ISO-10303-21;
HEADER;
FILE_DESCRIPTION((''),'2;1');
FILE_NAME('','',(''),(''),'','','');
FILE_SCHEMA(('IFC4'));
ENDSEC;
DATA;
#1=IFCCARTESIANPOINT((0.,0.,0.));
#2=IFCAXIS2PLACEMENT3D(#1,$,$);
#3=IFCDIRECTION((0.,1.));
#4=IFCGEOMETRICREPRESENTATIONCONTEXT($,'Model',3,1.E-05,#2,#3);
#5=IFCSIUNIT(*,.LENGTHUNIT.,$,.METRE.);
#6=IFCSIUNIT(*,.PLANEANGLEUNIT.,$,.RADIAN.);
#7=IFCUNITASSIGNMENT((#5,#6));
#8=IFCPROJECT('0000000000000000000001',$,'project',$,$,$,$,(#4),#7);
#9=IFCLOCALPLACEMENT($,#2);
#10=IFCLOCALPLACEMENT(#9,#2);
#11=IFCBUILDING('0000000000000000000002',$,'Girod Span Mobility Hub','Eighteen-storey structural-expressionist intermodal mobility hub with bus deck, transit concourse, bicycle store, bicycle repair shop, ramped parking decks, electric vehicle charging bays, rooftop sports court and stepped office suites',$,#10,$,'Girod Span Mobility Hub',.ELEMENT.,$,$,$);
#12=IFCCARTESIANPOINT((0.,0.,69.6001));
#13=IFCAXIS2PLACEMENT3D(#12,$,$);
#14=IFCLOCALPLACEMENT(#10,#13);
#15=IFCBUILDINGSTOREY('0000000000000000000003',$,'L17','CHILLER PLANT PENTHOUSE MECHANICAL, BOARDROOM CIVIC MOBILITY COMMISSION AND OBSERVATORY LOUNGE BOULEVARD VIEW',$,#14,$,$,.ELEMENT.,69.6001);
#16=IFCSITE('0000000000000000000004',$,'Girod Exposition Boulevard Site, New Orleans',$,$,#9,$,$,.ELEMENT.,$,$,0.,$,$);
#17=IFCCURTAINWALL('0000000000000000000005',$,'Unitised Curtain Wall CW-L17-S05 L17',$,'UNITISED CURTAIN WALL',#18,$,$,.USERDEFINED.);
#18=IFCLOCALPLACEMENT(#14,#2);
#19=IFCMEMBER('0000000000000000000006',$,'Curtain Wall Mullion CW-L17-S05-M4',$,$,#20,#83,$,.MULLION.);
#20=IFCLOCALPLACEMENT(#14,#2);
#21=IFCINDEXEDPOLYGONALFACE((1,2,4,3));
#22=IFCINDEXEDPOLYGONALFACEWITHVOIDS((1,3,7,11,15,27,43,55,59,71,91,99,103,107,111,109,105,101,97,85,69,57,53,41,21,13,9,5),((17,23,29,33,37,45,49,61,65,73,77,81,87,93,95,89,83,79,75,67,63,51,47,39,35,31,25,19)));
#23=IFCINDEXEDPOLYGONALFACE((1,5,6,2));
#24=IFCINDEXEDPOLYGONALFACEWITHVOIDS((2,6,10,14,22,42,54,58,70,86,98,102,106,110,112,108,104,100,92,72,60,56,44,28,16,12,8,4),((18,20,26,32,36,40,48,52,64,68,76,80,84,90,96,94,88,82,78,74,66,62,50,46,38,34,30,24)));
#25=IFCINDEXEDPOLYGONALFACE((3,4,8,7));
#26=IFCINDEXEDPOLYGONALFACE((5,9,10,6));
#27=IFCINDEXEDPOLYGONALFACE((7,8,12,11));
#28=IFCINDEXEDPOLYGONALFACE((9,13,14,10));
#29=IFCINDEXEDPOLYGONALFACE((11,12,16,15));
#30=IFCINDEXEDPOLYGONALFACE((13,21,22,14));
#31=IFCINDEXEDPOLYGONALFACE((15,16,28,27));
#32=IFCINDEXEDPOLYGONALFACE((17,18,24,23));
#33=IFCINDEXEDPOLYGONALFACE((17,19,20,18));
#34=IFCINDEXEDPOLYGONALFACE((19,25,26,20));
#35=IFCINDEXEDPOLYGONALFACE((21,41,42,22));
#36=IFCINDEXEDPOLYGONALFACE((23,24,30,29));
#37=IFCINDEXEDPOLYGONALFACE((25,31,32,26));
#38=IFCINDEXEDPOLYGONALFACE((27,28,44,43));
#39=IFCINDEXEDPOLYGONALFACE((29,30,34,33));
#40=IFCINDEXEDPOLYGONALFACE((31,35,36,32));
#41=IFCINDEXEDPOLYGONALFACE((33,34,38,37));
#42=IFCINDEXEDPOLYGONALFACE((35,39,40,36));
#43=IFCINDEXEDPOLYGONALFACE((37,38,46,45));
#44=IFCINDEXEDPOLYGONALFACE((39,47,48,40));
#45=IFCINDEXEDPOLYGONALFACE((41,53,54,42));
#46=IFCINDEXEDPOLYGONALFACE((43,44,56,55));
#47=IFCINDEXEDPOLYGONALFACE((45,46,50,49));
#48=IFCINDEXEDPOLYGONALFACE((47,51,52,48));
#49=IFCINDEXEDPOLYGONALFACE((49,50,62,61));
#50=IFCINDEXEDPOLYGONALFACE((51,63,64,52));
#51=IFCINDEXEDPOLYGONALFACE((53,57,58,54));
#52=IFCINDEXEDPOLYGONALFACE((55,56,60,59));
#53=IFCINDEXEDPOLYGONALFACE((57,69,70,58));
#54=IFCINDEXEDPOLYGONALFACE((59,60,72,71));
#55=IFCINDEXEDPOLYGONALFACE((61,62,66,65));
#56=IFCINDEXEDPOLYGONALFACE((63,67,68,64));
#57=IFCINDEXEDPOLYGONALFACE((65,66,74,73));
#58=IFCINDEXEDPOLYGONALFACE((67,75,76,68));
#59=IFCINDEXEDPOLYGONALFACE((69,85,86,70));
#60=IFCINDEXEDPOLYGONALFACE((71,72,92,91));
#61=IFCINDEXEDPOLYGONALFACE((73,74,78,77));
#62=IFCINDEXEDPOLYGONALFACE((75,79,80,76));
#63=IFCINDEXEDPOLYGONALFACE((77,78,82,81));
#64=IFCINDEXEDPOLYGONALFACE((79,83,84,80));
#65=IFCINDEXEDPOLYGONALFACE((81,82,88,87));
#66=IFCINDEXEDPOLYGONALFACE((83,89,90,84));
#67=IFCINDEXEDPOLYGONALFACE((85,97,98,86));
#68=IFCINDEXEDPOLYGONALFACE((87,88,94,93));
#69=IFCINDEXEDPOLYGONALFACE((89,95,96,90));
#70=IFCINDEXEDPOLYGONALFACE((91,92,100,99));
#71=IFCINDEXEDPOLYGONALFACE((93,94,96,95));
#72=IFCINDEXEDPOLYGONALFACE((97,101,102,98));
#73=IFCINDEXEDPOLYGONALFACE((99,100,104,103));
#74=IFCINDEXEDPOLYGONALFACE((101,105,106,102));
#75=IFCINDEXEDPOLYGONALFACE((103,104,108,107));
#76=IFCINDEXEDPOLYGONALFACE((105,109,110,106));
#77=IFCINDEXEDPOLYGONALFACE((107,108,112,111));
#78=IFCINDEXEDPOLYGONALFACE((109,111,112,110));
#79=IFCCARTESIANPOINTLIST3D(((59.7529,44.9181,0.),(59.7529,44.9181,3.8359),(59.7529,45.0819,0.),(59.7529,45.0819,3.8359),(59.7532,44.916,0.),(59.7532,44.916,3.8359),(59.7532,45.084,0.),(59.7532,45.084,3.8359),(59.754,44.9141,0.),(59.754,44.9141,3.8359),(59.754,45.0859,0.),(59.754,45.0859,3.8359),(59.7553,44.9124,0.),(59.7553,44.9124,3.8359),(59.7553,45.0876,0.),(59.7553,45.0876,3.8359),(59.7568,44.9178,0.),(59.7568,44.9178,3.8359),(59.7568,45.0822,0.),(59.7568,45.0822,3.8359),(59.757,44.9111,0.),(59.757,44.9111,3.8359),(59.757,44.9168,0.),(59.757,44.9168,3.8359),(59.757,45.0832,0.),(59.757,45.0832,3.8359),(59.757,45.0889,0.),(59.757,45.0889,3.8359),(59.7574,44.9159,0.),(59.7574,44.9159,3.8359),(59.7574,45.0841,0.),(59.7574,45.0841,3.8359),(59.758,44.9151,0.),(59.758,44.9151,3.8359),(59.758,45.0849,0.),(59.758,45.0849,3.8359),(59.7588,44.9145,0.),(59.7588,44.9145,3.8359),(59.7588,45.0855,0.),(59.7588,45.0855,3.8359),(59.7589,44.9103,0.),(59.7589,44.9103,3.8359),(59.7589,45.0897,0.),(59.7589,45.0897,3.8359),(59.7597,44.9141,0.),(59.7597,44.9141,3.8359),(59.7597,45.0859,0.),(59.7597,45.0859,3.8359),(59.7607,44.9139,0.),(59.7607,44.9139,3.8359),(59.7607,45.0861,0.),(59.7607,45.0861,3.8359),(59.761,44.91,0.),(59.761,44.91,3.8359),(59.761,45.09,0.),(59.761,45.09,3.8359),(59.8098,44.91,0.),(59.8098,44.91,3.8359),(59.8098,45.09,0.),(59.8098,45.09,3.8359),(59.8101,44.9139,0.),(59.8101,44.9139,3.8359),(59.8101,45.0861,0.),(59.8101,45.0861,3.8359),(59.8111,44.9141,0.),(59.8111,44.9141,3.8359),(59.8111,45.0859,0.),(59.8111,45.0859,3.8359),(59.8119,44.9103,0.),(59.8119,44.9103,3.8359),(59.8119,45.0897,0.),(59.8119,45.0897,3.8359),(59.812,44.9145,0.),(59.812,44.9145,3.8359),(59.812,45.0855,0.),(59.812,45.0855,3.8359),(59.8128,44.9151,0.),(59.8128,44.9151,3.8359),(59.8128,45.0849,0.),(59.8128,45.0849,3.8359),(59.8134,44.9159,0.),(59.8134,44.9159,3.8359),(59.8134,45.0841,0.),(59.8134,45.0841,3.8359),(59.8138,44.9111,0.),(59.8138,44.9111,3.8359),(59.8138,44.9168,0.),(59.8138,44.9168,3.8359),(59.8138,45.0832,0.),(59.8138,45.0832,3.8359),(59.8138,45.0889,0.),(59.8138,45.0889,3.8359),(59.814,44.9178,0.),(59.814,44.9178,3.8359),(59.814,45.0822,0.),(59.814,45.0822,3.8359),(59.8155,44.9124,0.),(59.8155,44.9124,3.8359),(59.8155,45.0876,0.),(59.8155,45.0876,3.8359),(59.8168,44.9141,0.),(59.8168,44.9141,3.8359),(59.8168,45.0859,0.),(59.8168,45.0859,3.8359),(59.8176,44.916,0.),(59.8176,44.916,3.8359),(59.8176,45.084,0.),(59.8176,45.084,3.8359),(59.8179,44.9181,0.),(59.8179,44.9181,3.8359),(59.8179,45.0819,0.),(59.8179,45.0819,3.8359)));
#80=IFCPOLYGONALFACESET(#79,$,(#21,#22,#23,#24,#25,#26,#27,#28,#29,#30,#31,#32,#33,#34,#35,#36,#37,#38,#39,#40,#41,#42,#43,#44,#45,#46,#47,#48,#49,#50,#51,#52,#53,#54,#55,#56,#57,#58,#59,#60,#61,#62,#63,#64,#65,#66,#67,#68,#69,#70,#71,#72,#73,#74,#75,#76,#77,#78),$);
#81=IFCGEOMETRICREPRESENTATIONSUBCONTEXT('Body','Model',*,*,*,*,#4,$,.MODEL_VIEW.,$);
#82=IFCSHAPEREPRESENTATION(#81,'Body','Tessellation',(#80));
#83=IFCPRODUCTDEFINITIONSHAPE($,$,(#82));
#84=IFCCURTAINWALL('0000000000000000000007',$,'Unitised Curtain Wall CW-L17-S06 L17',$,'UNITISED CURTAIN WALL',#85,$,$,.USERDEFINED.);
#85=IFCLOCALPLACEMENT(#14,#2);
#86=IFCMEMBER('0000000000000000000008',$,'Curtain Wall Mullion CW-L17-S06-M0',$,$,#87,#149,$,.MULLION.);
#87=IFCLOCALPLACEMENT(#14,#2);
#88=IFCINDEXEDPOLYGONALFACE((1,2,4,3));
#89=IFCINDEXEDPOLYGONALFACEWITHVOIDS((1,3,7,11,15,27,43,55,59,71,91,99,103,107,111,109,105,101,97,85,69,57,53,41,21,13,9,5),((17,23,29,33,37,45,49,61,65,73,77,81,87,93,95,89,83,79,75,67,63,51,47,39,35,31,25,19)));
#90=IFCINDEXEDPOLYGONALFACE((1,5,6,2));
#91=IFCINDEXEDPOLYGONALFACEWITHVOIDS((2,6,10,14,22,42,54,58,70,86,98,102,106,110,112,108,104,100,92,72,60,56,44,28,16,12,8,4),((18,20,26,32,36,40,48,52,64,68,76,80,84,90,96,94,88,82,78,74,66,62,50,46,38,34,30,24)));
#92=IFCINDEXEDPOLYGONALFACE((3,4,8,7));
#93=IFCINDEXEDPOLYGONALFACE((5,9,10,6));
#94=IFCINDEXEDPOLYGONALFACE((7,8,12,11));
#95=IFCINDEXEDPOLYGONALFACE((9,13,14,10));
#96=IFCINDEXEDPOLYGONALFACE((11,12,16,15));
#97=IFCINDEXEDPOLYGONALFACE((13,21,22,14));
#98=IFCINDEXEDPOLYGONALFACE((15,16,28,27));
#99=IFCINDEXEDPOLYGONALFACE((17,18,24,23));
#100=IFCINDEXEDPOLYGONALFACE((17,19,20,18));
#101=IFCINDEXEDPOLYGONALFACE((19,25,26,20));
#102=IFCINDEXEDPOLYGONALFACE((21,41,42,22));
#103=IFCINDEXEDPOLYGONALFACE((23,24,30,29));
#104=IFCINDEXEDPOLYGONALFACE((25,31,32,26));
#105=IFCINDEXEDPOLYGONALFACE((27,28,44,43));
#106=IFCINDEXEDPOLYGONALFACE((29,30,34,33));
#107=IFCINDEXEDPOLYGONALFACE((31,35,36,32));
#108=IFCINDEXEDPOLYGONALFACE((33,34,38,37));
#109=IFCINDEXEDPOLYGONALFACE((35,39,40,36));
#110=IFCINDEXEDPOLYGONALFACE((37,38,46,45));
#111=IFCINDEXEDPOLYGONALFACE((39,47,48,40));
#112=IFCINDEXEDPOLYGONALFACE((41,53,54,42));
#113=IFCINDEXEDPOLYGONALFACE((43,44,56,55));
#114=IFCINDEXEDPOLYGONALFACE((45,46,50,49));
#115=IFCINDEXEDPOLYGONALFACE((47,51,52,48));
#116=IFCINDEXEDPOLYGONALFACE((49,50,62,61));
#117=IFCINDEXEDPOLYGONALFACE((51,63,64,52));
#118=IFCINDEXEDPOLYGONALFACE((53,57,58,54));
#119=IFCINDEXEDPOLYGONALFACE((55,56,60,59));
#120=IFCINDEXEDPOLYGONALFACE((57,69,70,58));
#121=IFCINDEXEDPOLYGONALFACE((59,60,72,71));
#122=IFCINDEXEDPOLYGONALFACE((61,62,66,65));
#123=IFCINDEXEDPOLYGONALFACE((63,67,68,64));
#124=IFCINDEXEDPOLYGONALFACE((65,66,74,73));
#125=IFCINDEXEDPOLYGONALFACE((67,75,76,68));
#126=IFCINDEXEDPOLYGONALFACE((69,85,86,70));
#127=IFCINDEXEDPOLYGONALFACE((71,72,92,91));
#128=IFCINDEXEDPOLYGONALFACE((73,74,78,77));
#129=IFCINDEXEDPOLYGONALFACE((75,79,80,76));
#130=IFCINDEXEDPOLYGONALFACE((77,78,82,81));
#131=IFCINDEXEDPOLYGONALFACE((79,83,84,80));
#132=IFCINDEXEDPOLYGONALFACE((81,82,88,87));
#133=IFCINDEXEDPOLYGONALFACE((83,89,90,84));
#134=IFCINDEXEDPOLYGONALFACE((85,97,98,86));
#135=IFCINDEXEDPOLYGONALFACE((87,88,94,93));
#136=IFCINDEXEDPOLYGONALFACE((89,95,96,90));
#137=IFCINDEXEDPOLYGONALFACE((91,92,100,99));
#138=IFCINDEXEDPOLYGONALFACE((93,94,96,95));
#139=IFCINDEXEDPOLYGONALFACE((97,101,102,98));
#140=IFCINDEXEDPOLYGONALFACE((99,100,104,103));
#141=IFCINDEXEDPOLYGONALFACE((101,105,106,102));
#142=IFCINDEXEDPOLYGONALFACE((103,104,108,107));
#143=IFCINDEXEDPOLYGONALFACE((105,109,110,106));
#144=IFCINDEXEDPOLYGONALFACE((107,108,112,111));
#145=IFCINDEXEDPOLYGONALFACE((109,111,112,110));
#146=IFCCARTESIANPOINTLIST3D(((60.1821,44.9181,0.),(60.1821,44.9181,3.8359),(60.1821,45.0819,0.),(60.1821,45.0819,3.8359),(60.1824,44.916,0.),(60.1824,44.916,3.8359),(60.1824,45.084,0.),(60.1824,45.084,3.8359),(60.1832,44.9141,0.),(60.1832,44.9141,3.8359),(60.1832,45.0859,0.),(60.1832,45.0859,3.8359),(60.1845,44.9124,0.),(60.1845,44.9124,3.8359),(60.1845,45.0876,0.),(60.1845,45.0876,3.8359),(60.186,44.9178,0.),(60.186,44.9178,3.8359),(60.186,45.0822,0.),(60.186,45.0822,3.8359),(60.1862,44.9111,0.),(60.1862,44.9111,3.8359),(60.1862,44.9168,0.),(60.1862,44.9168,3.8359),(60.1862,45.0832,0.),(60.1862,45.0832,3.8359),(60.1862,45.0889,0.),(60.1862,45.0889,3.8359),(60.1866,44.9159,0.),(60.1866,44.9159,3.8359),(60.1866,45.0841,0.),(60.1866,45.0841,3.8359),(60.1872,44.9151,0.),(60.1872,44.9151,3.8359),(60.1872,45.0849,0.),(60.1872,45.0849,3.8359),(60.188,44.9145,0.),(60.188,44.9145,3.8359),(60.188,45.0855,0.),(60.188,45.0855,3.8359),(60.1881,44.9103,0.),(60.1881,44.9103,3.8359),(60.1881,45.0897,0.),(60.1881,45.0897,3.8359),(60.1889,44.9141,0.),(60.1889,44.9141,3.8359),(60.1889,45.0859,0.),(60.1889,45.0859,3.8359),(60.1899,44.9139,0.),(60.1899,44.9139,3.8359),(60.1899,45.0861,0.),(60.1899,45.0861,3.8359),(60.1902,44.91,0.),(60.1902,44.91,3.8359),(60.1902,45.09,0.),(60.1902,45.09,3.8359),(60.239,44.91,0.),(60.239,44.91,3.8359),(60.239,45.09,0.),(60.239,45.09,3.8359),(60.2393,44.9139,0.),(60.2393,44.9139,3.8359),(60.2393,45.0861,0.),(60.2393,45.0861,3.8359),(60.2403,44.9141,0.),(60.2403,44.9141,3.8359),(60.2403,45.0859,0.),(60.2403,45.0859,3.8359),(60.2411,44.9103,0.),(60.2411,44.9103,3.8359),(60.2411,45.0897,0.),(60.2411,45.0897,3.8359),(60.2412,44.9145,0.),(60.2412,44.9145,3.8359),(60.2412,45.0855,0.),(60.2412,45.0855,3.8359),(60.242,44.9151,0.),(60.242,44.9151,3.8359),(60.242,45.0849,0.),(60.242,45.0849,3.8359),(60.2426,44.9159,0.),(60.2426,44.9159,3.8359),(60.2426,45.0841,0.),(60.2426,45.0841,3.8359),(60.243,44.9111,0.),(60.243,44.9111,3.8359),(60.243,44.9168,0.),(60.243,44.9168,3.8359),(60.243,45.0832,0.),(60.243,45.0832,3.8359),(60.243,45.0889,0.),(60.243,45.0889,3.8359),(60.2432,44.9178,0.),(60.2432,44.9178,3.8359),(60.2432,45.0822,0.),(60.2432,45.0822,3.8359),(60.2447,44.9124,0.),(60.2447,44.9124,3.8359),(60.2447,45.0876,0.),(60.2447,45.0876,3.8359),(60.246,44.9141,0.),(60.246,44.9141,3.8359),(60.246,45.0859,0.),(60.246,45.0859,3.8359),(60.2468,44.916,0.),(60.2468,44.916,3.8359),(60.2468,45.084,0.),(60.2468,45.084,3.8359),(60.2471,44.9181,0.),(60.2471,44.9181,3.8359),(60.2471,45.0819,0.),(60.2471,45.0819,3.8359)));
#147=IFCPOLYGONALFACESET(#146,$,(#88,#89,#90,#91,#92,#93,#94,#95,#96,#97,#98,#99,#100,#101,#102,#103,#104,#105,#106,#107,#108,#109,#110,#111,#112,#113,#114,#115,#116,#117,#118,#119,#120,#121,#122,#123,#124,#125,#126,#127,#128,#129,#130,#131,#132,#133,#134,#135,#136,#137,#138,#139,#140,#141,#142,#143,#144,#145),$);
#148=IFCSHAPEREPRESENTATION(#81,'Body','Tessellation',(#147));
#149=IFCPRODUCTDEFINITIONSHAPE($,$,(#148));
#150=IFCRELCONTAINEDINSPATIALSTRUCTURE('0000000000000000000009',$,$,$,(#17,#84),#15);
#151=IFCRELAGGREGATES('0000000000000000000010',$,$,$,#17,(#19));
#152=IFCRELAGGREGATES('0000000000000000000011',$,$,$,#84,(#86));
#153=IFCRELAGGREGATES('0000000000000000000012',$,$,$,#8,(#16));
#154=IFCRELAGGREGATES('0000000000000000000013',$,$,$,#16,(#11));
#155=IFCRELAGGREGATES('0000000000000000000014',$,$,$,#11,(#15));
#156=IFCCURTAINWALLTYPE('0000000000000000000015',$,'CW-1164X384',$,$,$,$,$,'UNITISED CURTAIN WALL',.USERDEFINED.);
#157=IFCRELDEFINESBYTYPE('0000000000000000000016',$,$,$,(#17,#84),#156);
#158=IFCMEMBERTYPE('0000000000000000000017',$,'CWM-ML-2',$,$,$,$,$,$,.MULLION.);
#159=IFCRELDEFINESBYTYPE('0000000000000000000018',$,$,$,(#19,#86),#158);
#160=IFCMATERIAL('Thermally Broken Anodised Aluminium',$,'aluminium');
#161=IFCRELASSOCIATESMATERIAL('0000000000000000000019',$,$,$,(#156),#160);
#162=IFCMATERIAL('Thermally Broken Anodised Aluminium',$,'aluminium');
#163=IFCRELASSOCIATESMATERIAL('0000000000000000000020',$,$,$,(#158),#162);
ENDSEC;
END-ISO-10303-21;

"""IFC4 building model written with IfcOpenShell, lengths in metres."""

from ifc_helpers import new_model, si_unit, direction, frame, origin, origin_2d, place, context, subcontext, project, spatial, hollow_rectangle, extrude, material, material_profile, profile_set, type_object, element, aggregate, save


model = new_model("IFC4")

# Units and contexts
model_context = context("Model", 3, precision=1e-05, world=origin(), true_north=direction((0.0, 1.0)))
body_context = subcontext(model_context, "Body", "Model", "MODEL_VIEW")
ifc_project = project(units=[si_unit("LENGTHUNIT", "METRE"), si_unit("PLANEANGLEUNIT", "RADIAN")], contexts=[model_context])

# Site, building, storey
site_placement = place(None, origin())
site = spatial("IfcSite", under=ifc_project, at=site_placement, Name="Girod Exposition Boulevard Site, New Orleans", CompositionType="ELEMENT", RefElevation=0.0)
building_placement = place(site_placement, origin())
building = spatial("IfcBuilding", under=site, at=building_placement, Name="Girod Span Mobility Hub", Description="Eighteen-storey structural-expressionist intermodal mobility hub with bus deck, transit concourse, bicycle store, bicycle repair shop, ramped parking decks, electric vehicle charging bays, rooftop sports court and stepped office suites", LongName="Girod Span Mobility Hub", CompositionType="ELEMENT")
storey_placement = place(building_placement, frame((0.0, 0.0, 69.6001)))
storey = spatial("IfcBuildingStorey", under=building, at=storey_placement, Name="L17", Description="CHILLER PLANT PENTHOUSE MECHANICAL, BOARDROOM CIVIC MOBILITY COMMISSION AND OBSERVATORY LOUNGE BOULEVARD VIEW", CompositionType="ELEMENT", Elevation=69.6001)

# Curtain walls, members
ifc_material_1 = material(Name="Thermally Broken Anodised Aluminium", Category="aluminium")
curtain_wall_type = type_object("IfcCurtainWallType", Name="CW-1164X384", ElementType="UNITISED CURTAIN WALL", PredefinedType="USERDEFINED", material=ifc_material_1)
curtain_wall_1_placement = place(storey_placement, origin())
curtain_wall_1 = element("IfcCurtainWall", 1, at=curtain_wall_1_placement, inside=storey, type_object=curtain_wall_type, Name="Unitised Curtain Wall CW-L17-S05 L17", ObjectType="UNITISED CURTAIN WALL", PredefinedType="USERDEFINED")
ifc_material_2 = material(Name="Thermally Broken Anodised Aluminium", Category="aluminium")
ifc_material_profile_1 = material_profile(ifc_material_2, hollow_rectangle(XDim=0.1799, YDim=0.0649, WallThickness=0.0039, InnerFilletRadius=0.0039, OuterFilletRadius=0.0081, at=origin_2d()), Name="CW-ML-65X180")
ifc_profile_set_1 = profile_set([ifc_material_profile_1], Name="Thermally Broken Anodised Aluminium")
member_type_1 = type_object("IfcMemberType", Name="CWM-ML-2", PredefinedType="MULLION", material=ifc_profile_set_1)
member_1_placement = place(storey_placement, frame((59.7854, 45.0, 0.0), z_axis=(0.0, 0.0, 1.0), x_axis=(0.0, 1.0, 0.0)))
member_1 = element("IfcMember", 2, at=member_1_placement, type_object=member_type_1, Name="Curtain Wall Mullion CW-L17-S05-M4", PredefinedType="MULLION", context=body_context, shape_type="SweptSolid", body=[
    extrude(hollow_rectangle(XDim=0.1799, YDim=0.0649, WallThickness=0.0039, InnerFilletRadius=0.0039, OuterFilletRadius=0.0081, at=origin_2d()), origin(), (0.0, 0.0, 1.0), 3.8359),
])
curtain_wall_2_placement = place(storey_placement, origin())
curtain_wall_2 = element("IfcCurtainWall", 3, at=curtain_wall_2_placement, inside=storey, type_object=curtain_wall_type, Name="Unitised Curtain Wall CW-L17-S06 L17", ObjectType="UNITISED CURTAIN WALL", PredefinedType="USERDEFINED")
member_2_placement = place(storey_placement, frame((60.2146, 45.0, 0.0), z_axis=(0.0, 0.0, 1.0), x_axis=(0.0, 1.0, 0.0)))
member_2 = element("IfcMember", 4, at=member_2_placement, type_object=member_type_1, Name="Curtain Wall Mullion CW-L17-S06-M0", PredefinedType="MULLION", context=body_context, shape_type="SweptSolid", body=[
    extrude(hollow_rectangle(XDim=0.1799, YDim=0.0649, WallThickness=0.0039, InnerFilletRadius=0.0039, OuterFilletRadius=0.0081, at=origin_2d()), origin(), (0.0, 0.0, 1.0), 3.8359),
])

aggregate(curtain_wall_1, [member_1])
aggregate(curtain_wall_2, [member_2])

save(model, "model.ifc")
